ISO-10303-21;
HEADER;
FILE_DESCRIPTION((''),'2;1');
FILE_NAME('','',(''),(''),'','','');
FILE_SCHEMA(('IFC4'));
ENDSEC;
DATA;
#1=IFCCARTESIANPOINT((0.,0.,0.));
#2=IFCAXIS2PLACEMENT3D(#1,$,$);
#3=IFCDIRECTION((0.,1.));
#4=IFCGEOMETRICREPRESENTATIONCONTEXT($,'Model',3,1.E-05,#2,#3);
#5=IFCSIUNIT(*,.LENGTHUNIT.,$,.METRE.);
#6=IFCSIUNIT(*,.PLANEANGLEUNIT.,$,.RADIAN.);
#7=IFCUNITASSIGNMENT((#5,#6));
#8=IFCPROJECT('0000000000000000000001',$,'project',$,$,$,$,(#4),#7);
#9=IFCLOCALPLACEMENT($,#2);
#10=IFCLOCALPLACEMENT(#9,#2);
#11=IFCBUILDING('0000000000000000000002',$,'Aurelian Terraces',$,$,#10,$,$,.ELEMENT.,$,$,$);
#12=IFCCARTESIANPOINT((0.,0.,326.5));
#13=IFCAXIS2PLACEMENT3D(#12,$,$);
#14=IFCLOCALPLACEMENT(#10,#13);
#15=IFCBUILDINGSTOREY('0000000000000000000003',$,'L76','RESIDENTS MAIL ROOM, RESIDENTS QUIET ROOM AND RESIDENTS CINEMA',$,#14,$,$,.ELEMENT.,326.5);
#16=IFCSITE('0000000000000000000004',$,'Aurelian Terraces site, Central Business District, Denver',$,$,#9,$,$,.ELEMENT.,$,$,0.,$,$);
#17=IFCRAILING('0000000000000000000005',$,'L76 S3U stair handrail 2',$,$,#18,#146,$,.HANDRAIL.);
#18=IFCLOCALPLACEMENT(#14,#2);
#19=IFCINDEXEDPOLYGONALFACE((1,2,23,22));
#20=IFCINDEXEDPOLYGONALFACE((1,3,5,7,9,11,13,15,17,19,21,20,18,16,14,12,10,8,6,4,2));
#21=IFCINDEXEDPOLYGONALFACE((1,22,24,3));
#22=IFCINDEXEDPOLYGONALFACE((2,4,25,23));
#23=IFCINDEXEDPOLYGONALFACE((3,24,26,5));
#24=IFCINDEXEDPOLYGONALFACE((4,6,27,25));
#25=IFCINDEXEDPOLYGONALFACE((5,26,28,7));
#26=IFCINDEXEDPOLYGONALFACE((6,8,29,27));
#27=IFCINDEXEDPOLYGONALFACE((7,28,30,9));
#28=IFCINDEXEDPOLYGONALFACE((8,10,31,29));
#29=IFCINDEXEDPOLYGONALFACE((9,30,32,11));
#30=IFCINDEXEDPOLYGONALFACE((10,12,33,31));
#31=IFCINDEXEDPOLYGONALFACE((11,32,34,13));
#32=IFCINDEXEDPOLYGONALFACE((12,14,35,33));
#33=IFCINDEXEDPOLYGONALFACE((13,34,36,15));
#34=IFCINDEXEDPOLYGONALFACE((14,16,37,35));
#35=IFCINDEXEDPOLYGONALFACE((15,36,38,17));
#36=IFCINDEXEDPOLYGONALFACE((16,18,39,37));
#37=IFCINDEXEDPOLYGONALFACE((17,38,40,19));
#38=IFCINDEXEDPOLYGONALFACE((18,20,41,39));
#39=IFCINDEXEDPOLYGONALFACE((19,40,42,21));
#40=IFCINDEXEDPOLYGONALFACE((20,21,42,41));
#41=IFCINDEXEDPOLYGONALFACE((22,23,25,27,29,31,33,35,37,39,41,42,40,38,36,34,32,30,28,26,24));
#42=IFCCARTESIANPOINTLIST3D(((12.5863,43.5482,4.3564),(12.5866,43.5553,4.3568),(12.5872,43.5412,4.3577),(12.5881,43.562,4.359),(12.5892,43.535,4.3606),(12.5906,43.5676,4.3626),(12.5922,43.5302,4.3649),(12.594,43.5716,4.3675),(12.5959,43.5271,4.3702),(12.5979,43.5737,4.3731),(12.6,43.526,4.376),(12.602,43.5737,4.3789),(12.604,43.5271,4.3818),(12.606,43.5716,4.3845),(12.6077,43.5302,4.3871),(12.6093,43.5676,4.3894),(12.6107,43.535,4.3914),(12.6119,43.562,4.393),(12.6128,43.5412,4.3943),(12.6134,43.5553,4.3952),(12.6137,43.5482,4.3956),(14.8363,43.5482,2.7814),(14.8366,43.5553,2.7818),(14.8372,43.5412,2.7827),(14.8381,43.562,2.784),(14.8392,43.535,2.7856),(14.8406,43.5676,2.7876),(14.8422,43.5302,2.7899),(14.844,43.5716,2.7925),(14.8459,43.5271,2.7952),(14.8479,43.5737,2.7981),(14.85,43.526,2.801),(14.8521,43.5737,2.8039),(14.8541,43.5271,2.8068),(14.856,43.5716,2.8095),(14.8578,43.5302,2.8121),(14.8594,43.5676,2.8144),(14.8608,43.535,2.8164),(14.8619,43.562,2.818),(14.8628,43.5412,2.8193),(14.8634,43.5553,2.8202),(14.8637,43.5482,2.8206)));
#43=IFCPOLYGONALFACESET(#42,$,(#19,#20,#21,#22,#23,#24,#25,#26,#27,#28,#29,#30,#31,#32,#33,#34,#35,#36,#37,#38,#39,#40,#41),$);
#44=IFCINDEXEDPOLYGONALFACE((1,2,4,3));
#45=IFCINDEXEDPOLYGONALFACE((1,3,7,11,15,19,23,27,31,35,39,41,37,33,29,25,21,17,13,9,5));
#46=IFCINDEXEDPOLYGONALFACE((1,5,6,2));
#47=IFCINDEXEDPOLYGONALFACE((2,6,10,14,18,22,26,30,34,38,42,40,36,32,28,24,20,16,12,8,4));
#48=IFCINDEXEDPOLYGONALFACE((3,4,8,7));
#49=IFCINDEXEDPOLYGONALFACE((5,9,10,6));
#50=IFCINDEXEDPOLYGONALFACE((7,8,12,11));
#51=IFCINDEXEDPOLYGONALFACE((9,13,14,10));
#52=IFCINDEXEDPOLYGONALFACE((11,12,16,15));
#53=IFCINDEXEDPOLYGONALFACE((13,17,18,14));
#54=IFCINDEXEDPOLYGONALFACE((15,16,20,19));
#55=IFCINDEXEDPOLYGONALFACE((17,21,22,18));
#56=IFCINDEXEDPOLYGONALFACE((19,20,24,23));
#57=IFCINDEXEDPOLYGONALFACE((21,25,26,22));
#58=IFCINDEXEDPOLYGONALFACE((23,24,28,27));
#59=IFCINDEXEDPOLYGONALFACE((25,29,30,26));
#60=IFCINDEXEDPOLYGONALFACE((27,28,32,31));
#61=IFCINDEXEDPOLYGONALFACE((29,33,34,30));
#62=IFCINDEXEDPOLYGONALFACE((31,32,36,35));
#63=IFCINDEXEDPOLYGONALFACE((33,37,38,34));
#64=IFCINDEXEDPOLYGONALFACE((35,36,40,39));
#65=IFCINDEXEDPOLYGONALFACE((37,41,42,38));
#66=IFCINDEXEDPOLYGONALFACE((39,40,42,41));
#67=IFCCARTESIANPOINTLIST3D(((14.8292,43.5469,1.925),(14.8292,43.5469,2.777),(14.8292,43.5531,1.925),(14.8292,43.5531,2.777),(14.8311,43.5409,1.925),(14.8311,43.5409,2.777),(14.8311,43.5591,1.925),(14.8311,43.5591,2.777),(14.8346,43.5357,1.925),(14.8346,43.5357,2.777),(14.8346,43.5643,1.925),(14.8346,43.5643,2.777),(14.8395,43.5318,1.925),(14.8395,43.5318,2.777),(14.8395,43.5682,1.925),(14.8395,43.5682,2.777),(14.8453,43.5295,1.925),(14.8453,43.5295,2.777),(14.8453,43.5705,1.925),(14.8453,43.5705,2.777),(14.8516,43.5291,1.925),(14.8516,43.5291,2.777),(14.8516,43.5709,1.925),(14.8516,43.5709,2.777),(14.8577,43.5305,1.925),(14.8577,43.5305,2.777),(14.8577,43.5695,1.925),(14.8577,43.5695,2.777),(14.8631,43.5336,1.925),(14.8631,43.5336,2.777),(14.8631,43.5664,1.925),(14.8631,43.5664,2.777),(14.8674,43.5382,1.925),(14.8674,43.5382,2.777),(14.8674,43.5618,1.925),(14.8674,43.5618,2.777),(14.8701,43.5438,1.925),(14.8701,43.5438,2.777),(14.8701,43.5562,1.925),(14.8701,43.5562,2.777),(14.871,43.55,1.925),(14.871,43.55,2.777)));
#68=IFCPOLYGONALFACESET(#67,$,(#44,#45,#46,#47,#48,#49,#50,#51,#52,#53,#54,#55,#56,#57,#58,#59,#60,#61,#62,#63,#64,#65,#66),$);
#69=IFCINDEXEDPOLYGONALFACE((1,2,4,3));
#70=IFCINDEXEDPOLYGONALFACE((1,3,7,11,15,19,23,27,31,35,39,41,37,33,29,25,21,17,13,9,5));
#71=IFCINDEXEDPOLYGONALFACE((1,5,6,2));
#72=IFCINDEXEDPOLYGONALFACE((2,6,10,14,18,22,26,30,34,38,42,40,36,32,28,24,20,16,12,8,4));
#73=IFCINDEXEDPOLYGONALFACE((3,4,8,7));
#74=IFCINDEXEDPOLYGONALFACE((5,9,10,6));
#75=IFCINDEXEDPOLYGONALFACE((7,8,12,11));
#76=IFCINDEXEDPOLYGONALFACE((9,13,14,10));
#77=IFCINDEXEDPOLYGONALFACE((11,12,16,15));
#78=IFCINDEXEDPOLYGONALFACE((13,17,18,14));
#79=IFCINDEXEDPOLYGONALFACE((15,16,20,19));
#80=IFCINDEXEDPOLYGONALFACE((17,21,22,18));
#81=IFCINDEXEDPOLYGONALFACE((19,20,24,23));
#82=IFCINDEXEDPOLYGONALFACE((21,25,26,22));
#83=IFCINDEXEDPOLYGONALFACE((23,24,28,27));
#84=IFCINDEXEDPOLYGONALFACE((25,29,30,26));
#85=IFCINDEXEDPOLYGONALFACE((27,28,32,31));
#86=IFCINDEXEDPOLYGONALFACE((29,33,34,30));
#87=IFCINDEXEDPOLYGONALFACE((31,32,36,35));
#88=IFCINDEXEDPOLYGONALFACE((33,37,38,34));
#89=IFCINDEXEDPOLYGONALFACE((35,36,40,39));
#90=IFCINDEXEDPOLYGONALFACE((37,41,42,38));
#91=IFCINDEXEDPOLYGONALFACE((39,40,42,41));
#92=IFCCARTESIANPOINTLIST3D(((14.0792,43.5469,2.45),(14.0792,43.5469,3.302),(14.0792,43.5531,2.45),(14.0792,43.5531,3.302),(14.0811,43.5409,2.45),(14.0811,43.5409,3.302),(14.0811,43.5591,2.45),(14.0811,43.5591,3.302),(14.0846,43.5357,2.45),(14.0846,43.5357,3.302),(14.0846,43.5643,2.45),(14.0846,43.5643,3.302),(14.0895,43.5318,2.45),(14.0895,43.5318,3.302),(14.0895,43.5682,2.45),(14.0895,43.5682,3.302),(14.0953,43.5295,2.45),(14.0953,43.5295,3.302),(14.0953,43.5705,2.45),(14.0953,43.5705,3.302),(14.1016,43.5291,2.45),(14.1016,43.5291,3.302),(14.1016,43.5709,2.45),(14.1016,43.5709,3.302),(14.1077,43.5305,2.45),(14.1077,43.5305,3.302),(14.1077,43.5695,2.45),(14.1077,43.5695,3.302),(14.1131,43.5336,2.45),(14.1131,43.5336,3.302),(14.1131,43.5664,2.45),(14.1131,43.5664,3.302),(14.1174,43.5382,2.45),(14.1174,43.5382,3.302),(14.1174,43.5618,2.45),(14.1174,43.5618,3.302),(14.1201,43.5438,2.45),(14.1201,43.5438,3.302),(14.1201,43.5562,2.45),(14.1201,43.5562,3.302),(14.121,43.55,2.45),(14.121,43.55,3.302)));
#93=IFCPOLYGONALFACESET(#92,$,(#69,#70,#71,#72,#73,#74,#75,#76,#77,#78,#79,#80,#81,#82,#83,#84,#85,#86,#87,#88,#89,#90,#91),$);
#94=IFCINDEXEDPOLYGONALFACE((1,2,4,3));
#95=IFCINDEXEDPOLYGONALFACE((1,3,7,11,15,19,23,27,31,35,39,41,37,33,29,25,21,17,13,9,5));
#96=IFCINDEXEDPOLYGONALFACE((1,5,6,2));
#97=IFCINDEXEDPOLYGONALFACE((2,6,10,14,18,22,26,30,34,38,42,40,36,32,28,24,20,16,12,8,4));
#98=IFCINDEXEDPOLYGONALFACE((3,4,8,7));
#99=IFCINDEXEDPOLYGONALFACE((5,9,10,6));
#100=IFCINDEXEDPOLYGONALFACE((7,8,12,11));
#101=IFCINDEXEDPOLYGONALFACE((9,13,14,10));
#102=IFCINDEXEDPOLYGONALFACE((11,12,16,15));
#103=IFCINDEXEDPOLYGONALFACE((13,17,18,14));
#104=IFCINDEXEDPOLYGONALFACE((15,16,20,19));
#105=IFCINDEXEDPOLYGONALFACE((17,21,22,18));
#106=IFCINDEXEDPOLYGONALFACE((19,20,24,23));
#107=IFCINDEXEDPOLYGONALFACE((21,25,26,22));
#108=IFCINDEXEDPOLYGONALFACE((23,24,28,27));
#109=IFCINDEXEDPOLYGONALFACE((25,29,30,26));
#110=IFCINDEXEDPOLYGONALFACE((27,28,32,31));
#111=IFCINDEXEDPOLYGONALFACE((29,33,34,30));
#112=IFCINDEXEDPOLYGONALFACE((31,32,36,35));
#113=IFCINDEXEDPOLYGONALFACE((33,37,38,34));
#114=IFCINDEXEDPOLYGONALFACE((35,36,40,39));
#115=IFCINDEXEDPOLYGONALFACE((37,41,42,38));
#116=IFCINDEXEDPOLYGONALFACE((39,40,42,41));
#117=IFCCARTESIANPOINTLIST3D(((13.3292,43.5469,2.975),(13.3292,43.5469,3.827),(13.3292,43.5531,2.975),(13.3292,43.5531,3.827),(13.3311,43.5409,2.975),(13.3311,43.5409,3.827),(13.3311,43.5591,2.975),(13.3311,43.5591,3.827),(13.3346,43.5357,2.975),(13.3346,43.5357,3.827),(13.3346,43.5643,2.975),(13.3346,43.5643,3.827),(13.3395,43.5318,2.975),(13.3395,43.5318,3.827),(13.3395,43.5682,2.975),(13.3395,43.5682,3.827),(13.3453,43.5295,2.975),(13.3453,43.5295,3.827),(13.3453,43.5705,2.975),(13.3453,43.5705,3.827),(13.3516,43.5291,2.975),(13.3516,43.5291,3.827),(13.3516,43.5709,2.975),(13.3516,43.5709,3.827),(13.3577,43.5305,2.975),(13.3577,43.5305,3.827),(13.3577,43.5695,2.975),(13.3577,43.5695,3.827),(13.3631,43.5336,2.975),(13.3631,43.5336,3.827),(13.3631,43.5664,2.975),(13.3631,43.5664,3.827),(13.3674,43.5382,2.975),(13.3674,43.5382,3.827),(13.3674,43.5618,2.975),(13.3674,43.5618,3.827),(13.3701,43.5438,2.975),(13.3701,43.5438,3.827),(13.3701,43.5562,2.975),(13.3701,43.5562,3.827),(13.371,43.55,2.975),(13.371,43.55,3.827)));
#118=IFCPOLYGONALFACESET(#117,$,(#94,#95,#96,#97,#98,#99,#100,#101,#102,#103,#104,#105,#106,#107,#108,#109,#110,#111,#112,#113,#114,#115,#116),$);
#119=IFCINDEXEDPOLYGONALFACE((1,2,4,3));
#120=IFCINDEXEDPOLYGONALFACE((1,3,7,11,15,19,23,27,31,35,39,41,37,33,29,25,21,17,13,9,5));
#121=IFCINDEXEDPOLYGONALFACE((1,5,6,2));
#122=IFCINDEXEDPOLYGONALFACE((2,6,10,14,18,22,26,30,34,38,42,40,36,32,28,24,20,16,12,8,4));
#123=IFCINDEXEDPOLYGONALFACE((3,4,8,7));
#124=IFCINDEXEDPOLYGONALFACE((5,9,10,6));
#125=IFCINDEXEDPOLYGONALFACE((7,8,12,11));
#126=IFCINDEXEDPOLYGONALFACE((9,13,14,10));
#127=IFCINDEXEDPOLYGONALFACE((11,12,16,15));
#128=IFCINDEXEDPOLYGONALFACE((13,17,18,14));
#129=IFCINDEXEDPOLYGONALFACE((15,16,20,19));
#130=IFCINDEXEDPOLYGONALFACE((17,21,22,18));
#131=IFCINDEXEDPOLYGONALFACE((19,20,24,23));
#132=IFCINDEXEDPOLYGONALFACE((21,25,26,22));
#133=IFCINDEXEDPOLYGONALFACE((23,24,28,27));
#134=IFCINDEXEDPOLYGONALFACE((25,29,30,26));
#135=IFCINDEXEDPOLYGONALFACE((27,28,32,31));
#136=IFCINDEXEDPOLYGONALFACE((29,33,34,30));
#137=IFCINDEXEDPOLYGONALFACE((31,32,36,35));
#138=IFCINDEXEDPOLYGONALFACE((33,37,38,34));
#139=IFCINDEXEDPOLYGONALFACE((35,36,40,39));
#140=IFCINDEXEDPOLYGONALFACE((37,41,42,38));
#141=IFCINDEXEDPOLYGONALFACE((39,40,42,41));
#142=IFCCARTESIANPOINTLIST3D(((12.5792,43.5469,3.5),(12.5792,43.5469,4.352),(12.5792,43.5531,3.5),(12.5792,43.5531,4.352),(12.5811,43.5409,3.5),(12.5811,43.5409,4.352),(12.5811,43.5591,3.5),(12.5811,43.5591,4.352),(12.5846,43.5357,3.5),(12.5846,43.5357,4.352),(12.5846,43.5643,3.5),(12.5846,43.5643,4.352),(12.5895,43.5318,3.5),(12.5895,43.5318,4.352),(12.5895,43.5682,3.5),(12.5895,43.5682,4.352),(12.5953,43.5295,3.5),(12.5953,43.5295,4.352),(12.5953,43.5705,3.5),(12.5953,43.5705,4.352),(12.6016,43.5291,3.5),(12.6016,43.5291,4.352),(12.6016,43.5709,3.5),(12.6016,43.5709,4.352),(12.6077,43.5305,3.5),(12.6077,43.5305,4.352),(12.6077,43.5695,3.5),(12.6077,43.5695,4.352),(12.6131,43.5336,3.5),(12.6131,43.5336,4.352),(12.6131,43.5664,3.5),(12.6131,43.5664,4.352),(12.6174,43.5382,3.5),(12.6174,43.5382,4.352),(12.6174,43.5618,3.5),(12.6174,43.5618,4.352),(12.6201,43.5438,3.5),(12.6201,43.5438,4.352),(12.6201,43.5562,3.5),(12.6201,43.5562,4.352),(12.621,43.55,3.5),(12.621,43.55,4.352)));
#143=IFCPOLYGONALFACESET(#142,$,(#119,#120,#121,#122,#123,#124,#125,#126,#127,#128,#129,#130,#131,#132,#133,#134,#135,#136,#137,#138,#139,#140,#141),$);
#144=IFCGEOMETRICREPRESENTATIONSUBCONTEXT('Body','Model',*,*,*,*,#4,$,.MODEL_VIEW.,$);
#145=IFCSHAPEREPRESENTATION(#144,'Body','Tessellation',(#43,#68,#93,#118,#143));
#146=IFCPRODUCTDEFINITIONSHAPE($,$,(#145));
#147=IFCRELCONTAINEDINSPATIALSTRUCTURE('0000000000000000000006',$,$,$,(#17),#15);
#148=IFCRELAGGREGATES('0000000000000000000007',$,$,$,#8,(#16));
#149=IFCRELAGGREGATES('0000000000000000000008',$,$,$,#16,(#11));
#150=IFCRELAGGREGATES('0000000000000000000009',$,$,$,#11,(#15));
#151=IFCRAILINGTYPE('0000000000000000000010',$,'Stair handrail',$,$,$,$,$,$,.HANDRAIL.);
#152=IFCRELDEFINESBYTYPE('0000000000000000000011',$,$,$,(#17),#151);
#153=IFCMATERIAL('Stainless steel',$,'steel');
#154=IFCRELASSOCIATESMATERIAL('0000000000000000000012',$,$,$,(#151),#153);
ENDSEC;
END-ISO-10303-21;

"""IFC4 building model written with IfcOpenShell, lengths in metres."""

from ifc_helpers import new_model, si_unit, direction, frame, origin, origin_2d, place, context, subcontext, project, spatial, circle, extrude, source, transform, mapped, material, type_object, element, save


model = new_model("IFC4")

# Units and contexts
model_context = context("Model", 3, precision=1e-05, world=origin(), true_north=direction((0.0, 1.0)))
body_context = subcontext(model_context, "Body", "Model", "MODEL_VIEW")
ifc_project = project(units=[si_unit("LENGTHUNIT", "METRE"), si_unit("PLANEANGLEUNIT", "RADIAN")], contexts=[model_context])

# Site, building, storey
site_placement = place(None, origin())
site = spatial("IfcSite", under=ifc_project, at=site_placement, Name="Aurelian Terraces site, Central Business District, Denver", CompositionType="ELEMENT", RefElevation=0.0)
building_placement = place(site_placement, origin())
building = spatial("IfcBuilding", under=site, at=building_placement, Name="Aurelian Terraces", CompositionType="ELEMENT")
storey_placement = place(building_placement, frame((0.0, 0.0, 326.5)))
storey = spatial("IfcBuildingStorey", under=building, at=storey_placement, Name="L76", Description="RESIDENTS MAIL ROOM, RESIDENTS QUIET ROOM AND RESIDENTS CINEMA", CompositionType="ELEMENT", Elevation=326.5)

# Railing
ifc_material_1 = material(Name="Stainless steel", Category="steel")
railing_type_1 = type_object("IfcRailingType", Name="Stair handrail", PredefinedType="HANDRAIL", material=ifc_material_1)
shared_shape_1 = source(origin(), body_context, "Body", "SweptSolid", [
    extrude(circle(Radius=0.024, at=origin_2d()), frame((0.0, 0.0, 0.876), z_axis=(-0.819232, 0.0, 0.573462), x_axis=(0.0, -1.0, 0.0)), (0.0, 0.0, 1.0), 2.7465),
    extrude(circle(Radius=0.021, at=origin_2d()), origin(), (0.0, 0.0, 1.0), 0.852),
    extrude(circle(Radius=0.021, at=origin_2d()), frame((-0.75, 0.0, 0.525)), (0.0, 0.0, 1.0), 0.852),
    extrude(circle(Radius=0.021, at=origin_2d()), frame((-1.5, 0.0, 1.05)), (0.0, 0.0, 1.0), 0.852),
    extrude(circle(Radius=0.021, at=origin_2d()), frame((-2.25, 0.0, 1.575)), (0.0, 0.0, 1.0), 0.852),
])
railing_1_placement = place(storey_placement, frame((14.85, 43.55, 1.925)))
element("IfcRailing", 1, at=railing_1_placement, inside=storey, type_object=railing_type_1, Name="L76 S3U stair handrail 2", PredefinedType="HANDRAIL", context=body_context, shape_type="MappedRepresentation", body=[
    mapped(shared_shape_1, transform((0.0, 0.0, 0.0), scale=1.0)),
])

save(model, "model.ifc")
